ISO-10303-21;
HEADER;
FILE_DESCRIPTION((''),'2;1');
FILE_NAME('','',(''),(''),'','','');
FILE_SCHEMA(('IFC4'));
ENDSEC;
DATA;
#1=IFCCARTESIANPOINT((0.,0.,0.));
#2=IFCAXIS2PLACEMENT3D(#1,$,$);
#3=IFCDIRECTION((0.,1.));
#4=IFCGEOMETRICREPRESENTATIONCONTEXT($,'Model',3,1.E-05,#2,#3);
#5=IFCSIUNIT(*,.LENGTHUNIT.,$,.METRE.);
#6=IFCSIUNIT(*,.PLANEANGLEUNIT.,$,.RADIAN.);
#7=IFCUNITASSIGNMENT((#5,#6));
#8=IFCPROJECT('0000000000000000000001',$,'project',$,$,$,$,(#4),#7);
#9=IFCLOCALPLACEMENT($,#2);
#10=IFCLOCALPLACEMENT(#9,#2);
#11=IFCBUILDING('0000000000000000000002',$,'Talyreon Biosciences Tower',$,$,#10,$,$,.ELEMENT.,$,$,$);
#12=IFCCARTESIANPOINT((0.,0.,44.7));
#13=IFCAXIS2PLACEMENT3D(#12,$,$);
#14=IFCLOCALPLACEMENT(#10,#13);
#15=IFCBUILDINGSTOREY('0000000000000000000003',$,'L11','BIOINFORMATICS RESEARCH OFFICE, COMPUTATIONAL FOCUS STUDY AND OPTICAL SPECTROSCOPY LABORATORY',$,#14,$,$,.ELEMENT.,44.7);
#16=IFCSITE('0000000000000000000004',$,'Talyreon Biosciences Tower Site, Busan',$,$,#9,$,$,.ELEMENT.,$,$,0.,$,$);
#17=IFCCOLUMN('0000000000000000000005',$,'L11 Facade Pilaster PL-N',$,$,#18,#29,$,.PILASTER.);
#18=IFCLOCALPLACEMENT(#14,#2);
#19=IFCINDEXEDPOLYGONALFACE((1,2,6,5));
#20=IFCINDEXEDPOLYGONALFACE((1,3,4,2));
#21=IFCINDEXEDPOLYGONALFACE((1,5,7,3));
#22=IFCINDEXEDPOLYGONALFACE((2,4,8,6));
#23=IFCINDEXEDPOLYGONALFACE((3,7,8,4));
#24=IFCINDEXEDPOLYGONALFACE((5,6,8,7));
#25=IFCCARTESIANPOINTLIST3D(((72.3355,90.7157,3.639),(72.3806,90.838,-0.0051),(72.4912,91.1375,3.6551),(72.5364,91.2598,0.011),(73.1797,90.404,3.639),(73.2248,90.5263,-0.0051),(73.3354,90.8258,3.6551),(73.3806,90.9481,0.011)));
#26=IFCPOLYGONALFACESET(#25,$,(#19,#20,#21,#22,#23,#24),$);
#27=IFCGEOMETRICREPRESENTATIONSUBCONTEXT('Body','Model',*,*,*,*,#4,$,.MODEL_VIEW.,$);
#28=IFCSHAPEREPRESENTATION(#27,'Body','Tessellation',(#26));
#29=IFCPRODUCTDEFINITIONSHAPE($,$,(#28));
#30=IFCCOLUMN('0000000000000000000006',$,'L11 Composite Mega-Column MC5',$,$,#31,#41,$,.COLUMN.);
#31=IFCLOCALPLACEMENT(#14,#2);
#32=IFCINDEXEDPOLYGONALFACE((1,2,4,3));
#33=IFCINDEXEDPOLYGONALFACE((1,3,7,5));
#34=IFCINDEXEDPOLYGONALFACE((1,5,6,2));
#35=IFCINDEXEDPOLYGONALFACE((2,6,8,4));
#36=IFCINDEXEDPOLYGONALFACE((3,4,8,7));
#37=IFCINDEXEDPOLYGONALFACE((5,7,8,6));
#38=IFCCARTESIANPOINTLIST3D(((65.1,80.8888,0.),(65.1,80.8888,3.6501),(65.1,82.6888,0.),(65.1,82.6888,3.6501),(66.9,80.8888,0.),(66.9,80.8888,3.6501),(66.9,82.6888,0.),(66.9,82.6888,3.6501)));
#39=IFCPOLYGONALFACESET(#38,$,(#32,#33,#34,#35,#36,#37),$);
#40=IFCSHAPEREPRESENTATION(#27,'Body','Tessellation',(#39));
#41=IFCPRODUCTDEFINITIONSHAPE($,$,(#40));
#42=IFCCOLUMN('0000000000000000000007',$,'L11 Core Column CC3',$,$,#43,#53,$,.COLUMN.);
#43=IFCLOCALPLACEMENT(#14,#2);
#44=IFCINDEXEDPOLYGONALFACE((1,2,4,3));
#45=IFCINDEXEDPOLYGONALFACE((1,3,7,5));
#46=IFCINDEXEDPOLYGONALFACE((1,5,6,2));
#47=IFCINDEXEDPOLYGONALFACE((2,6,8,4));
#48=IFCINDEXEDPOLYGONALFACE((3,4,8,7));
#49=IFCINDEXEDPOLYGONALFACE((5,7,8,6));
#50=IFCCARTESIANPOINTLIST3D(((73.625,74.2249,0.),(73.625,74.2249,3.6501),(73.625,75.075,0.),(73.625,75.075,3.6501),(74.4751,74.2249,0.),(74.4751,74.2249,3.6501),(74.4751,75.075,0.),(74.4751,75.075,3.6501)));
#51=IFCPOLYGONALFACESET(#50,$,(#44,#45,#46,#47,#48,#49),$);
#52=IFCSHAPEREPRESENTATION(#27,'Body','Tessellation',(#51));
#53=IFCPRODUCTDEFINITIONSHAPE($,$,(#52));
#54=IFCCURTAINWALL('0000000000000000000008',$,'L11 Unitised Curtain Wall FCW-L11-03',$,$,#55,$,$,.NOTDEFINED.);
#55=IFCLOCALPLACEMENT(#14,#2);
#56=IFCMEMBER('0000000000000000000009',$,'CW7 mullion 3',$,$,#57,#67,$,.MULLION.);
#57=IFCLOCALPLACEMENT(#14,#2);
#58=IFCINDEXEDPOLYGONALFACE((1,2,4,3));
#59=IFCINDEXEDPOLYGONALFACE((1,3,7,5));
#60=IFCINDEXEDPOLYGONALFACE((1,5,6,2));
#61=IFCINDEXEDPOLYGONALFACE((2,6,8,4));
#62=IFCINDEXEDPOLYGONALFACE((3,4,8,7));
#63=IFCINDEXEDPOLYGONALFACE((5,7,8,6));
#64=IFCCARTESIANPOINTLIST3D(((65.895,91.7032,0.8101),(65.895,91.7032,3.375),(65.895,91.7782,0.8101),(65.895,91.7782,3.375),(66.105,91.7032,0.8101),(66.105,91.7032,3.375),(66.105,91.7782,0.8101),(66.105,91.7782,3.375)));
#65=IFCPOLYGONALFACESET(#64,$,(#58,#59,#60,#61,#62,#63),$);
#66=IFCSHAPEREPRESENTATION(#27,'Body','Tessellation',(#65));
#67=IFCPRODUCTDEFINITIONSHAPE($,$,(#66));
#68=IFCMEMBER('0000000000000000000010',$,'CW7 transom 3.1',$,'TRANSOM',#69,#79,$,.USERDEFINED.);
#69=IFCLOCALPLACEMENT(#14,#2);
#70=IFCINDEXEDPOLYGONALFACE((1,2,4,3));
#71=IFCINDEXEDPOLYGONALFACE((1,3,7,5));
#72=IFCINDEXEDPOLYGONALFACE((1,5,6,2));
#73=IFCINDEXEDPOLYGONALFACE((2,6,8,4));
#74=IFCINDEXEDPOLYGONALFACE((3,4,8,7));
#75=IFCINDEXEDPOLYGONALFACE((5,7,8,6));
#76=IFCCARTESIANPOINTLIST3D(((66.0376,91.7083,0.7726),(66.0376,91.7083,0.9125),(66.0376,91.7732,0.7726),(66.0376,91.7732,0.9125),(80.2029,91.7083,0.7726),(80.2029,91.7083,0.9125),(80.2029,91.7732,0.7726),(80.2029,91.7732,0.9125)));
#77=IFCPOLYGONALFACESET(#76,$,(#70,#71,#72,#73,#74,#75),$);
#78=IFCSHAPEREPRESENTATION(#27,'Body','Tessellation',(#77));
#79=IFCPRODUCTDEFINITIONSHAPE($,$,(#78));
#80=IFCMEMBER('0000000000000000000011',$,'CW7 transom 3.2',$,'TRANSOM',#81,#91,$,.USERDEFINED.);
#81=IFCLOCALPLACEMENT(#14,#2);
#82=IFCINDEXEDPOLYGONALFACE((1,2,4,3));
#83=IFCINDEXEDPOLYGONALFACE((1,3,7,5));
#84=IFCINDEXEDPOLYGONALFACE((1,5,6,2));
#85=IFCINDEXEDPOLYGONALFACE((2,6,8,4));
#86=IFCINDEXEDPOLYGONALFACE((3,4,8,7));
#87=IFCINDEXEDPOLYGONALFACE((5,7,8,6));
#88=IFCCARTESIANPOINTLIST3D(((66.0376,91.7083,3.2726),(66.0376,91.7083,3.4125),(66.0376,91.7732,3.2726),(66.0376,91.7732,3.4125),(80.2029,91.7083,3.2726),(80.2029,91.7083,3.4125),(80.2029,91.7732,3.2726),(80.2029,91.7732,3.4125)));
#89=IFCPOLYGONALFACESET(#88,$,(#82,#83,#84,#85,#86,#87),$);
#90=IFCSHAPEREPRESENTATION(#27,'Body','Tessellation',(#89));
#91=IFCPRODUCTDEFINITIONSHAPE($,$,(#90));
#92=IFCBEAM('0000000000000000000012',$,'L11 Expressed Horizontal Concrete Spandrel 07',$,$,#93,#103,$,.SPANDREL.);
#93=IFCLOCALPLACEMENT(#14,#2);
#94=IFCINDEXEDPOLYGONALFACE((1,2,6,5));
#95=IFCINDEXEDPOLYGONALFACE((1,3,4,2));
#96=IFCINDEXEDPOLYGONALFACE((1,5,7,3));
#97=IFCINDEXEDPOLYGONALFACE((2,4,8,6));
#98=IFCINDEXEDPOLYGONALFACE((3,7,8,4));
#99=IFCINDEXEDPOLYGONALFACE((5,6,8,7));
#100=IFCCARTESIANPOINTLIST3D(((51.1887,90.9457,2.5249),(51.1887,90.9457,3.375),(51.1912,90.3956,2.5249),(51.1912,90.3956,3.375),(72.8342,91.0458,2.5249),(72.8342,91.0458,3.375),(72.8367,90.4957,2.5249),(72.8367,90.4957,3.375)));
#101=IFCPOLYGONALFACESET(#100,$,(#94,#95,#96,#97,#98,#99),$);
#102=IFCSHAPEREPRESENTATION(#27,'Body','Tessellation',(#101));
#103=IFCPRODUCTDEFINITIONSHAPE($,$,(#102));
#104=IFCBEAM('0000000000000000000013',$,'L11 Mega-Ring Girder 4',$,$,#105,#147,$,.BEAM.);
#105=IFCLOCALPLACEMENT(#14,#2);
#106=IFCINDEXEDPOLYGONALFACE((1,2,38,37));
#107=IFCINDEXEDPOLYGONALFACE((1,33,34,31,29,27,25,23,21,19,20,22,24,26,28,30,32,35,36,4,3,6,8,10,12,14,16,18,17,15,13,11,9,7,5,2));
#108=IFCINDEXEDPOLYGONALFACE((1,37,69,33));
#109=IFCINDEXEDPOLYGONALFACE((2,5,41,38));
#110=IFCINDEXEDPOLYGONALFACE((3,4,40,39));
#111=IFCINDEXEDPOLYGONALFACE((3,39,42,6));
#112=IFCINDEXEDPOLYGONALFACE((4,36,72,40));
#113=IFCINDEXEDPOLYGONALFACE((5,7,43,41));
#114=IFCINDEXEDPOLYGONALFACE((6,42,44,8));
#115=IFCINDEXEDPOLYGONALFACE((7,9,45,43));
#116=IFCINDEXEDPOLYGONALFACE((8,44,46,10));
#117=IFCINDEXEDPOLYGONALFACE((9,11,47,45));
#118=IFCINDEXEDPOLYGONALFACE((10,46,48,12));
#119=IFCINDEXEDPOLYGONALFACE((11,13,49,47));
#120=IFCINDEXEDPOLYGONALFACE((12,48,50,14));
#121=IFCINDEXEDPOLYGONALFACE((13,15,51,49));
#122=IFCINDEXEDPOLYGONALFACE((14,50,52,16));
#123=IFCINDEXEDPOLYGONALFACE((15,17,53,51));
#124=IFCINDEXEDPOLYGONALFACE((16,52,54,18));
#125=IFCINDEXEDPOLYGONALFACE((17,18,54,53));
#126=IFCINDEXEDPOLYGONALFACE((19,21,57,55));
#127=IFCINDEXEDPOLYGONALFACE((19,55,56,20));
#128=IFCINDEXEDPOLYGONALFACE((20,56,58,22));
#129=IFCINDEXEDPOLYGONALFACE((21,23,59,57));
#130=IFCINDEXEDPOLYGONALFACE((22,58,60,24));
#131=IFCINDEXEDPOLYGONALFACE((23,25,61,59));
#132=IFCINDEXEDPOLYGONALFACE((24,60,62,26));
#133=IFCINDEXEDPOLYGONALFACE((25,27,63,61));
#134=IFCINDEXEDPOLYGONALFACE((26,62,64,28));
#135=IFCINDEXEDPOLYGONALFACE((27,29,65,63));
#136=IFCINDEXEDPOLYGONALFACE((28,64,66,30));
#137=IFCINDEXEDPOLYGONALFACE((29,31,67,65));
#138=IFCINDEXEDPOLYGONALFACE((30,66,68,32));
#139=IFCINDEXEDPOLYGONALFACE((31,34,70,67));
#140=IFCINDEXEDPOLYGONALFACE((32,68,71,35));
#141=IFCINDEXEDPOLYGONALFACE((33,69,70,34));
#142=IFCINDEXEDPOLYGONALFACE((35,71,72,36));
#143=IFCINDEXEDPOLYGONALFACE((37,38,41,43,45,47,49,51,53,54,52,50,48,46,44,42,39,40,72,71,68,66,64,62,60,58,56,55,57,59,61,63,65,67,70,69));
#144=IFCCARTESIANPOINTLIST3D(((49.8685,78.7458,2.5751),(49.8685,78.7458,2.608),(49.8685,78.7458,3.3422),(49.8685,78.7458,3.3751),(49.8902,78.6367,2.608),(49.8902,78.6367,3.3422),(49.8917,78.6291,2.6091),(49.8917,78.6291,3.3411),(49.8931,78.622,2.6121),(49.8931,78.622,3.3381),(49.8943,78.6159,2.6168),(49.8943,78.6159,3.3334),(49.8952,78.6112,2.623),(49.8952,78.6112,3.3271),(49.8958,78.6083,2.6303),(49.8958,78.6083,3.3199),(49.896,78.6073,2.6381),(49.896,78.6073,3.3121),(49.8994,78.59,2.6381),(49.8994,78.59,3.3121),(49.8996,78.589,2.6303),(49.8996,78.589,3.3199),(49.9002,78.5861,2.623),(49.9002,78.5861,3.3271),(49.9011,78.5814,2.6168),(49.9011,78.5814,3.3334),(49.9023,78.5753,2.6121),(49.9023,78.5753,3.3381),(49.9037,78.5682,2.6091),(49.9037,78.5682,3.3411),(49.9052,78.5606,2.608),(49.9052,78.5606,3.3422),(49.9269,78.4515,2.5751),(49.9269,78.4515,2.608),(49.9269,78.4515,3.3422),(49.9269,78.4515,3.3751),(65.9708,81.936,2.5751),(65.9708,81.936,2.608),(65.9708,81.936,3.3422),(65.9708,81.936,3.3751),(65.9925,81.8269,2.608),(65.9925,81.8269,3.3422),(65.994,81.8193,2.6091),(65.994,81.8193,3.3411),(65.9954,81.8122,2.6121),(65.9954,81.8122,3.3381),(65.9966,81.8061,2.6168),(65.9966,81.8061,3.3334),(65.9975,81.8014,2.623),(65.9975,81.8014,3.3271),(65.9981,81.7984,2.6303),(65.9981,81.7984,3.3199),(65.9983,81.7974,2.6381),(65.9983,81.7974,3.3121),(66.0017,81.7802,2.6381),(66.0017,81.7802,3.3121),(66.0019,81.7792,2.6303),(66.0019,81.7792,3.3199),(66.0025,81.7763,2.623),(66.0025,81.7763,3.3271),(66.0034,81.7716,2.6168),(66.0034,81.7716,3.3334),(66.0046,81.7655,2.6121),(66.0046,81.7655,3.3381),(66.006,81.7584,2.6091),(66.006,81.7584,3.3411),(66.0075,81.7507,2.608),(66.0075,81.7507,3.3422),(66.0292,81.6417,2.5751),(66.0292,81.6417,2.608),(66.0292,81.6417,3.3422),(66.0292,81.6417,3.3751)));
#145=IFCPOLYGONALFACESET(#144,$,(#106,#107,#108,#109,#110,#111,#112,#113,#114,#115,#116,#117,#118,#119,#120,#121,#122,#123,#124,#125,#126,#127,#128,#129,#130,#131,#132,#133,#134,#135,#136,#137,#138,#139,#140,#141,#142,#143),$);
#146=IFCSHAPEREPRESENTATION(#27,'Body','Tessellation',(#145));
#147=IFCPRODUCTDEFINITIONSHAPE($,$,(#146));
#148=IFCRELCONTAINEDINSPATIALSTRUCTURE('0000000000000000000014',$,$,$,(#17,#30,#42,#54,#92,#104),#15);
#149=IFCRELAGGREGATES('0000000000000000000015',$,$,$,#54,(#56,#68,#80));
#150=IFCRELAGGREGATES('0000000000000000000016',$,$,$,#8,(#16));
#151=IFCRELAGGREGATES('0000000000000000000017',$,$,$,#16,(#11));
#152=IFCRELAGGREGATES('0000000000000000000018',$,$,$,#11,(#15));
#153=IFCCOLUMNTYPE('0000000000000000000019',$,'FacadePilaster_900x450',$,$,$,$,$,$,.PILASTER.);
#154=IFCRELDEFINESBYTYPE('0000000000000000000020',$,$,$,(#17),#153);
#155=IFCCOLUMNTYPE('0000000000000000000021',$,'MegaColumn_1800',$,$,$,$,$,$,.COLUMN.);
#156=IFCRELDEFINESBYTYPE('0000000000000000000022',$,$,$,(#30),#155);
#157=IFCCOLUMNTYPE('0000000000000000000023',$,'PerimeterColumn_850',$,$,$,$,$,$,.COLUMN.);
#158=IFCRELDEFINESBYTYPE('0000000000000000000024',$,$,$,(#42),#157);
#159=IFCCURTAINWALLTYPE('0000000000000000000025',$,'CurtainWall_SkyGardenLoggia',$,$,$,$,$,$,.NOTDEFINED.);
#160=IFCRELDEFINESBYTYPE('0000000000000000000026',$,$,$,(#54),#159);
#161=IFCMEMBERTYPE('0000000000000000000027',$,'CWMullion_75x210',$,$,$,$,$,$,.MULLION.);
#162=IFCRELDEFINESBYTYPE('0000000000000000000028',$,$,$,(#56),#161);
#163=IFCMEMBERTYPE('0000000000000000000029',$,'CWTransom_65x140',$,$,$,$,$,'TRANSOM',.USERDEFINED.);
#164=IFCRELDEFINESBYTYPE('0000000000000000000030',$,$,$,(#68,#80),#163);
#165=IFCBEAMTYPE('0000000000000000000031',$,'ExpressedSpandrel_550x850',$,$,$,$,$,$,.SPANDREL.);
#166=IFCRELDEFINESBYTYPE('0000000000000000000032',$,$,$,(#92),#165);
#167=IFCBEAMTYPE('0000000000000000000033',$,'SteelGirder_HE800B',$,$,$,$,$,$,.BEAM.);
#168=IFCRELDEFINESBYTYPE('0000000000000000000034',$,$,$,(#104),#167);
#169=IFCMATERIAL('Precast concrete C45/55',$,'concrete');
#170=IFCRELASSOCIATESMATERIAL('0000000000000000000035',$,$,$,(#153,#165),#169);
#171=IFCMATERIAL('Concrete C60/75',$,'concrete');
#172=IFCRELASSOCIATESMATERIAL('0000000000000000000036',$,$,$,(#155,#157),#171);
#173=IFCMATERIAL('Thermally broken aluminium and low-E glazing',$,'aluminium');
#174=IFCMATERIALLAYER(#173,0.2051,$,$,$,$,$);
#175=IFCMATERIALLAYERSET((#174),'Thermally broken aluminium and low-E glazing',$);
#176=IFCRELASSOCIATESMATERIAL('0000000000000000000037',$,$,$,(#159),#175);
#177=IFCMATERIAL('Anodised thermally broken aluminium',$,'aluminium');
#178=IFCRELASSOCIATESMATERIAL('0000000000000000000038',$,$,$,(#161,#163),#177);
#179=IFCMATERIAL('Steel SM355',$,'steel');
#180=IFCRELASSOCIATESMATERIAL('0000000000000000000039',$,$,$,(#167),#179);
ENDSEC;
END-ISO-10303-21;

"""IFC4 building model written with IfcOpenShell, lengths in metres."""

from ifc_helpers import new_model, si_unit, direction, frame, origin, origin_2d, place, context, subcontext, project, spatial, rectangle, i_section, extrude, material, layer, layer_set, material_profile, profile_set, type_object, element, aggregate, save


model = new_model("IFC4")

# Units and contexts
model_context = context("Model", 3, precision=1e-05, world=origin(), true_north=direction((0.0, 1.0)))
body_context = subcontext(model_context, "Body", "Model", "MODEL_VIEW")
ifc_project = project(units=[si_unit("LENGTHUNIT", "METRE"), si_unit("PLANEANGLEUNIT", "RADIAN")], contexts=[model_context])

# Site, building, storey
site_placement = place(None, origin())
site = spatial("IfcSite", under=ifc_project, at=site_placement, Name="Talyreon Biosciences Tower Site, Busan", CompositionType="ELEMENT", RefElevation=0.0)
building_placement = place(site_placement, origin())
building = spatial("IfcBuilding", under=site, at=building_placement, Name="Talyreon Biosciences Tower", CompositionType="ELEMENT")
storey_placement = place(building_placement, frame((0.0, 0.0, 44.7)))
storey = spatial("IfcBuildingStorey", under=building, at=storey_placement, Name="L11", Description="BIOINFORMATICS RESEARCH OFFICE, COMPUTATIONAL FOCUS STUDY AND OPTICAL SPECTROSCOPY LABORATORY", CompositionType="ELEMENT", Elevation=44.7)

# Columns
ifc_material_1 = material(Name="Precast concrete C45/55", Category="concrete")
ifc_material_profile_1 = material_profile(ifc_material_1, rectangle(XDim=0.8999, YDim=0.45, at=origin_2d()), Name="RC 900x450")
ifc_profile_set_1 = profile_set([ifc_material_profile_1], Name="Precast concrete C45/55")
column_type_1 = type_object("IfcColumnType", Name="FacadePilaster_900x450", PredefinedType="PILASTER", material=ifc_profile_set_1)
column_1_placement = place(storey_placement, frame((72.8806, 90.8931, 0.0029), z_axis=(-0.012387, -0.033544, 0.99936), x_axis=(-0.938087, 0.346399, 0.0)))
element("IfcColumn", 1, at=column_1_placement, inside=storey, type_object=column_type_1, Name="L11 Facade Pilaster PL-N", PredefinedType="PILASTER", context=body_context, shape_type="SweptSolid", body=[
    extrude(rectangle(XDim=0.8999, YDim=0.45, at=origin_2d()), origin(), (0.0, 0.0, 1.0), 3.6465),
])
ifc_material_2 = material(Name="Concrete C60/75", Category="concrete")
ifc_material_profile_2 = material_profile(ifc_material_2, rectangle(XDim=1.8, YDim=1.8, at=origin_2d()), Name="RC 1800x1800")
ifc_profile_set_2 = profile_set([ifc_material_profile_2], Name="Concrete C60/75")
column_type_2 = type_object("IfcColumnType", Name="MegaColumn_1800", PredefinedType="COLUMN", material=ifc_profile_set_2)
column_2_placement = place(storey_placement, frame((66.0, 81.7888, 0.0), z_axis=(0.0, 0.0, 1.0), x_axis=(1.0, 0.0, 0.0)))
element("IfcColumn", 2, at=column_2_placement, inside=storey, type_object=column_type_2, Name="L11 Composite Mega-Column MC5", PredefinedType="COLUMN", context=body_context, shape_type="SweptSolid", body=[
    extrude(rectangle(XDim=1.8, YDim=1.8, at=origin_2d()), origin(), (0.0, 0.0, 1.0), 3.6501),
])
ifc_material_profile_3 = material_profile(ifc_material_2, rectangle(XDim=0.8501, YDim=0.8501, at=origin_2d()), Name="RC 850x850")
ifc_profile_set_3 = profile_set([ifc_material_profile_3], Name="Concrete C60/75")
column_type_3 = type_object("IfcColumnType", Name="PerimeterColumn_850", PredefinedType="COLUMN", material=ifc_profile_set_3)
column_3_placement = place(storey_placement, frame((74.05, 74.6499, 0.0), z_axis=(0.0, 0.0, 1.0), x_axis=(1.0, 0.0, 0.0)))
element("IfcColumn", 3, at=column_3_placement, inside=storey, type_object=column_type_3, Name="L11 Core Column CC3", PredefinedType="COLUMN", context=body_context, shape_type="SweptSolid", body=[
    extrude(rectangle(XDim=0.8501, YDim=0.8501, at=origin_2d()), origin(), (0.0, 0.0, 1.0), 3.6501),
])

# Curtain wall, members
ifc_material_3 = material(Name="Thermally broken aluminium and low-E glazing", Category="aluminium")
ifc_layer_1 = layer(ifc_material_3, 0.2051)
ifc_layer_set_1 = layer_set([ifc_layer_1], Name="Thermally broken aluminium and low-E glazing")
curtain_wall_type = type_object("IfcCurtainWallType", Name="CurtainWall_SkyGardenLoggia", PredefinedType="NOTDEFINED", material=ifc_layer_set_1)
curtain_wall_placement = place(storey_placement, origin())
curtain_wall = element("IfcCurtainWall", 4, at=curtain_wall_placement, inside=storey, type_object=curtain_wall_type, Name="L11 Unitised Curtain Wall FCW-L11-03", PredefinedType="NOTDEFINED")
ifc_material_4 = material(Name="Anodised thermally broken aluminium", Category="aluminium")
ifc_material_profile_4 = material_profile(ifc_material_4, rectangle(XDim=0.075, YDim=0.21, at=origin_2d()), Name="ALUM MULLION 75x210")
ifc_profile_set_4 = profile_set([ifc_material_profile_4], Name="Anodised thermally broken aluminium")
member_type_1 = type_object("IfcMemberType", Name="CWMullion_75x210", PredefinedType="MULLION", material=ifc_profile_set_4)
member_1_placement = place(storey_placement, frame((66.0, 91.7407, 0.8101), z_axis=(0.0, 0.0, 1.0), x_axis=(0.0, 1.0, 0.0)))
member_1 = element("IfcMember", 5, at=member_1_placement, type_object=member_type_1, Name="CW7 mullion 3", PredefinedType="MULLION", context=body_context, shape_type="SweptSolid", body=[
    extrude(rectangle(XDim=0.075, YDim=0.21, at=origin_2d()), origin(), (0.0, 0.0, 1.0), 2.5649),
])
ifc_material_profile_5 = material_profile(ifc_material_4, rectangle(XDim=0.0649, YDim=0.1399, at=origin_2d()), Name="ALUM TRANSOM 65x140")
ifc_profile_set_5 = profile_set([ifc_material_profile_5], Name="Anodised thermally broken aluminium")
member_type_2 = type_object("IfcMemberType", Name="CWTransom_65x140", ElementType="TRANSOM", PredefinedType="USERDEFINED", material=ifc_profile_set_5)
member_2_placement = place(storey_placement, frame((66.0376, 91.7407, 0.8425), z_axis=(1.0, 0.0, 0.0), x_axis=(0.0, 1.0, 0.0)))
member_2 = element("IfcMember", 6, at=member_2_placement, type_object=member_type_2, Name="CW7 transom 3.1", ObjectType="TRANSOM", PredefinedType="USERDEFINED", context=body_context, shape_type="SweptSolid", body=[
    extrude(rectangle(XDim=0.0649, YDim=0.1399, at=origin_2d()), origin(), (0.0, 0.0, 1.0), 14.1653),
])
member_3_placement = place(storey_placement, frame((66.0376, 91.7407, 3.3425), z_axis=(1.0, 0.0, 0.0), x_axis=(0.0, 1.0, 0.0)))
member_3 = element("IfcMember", 7, at=member_3_placement, type_object=member_type_2, Name="CW7 transom 3.2", ObjectType="TRANSOM", PredefinedType="USERDEFINED", context=body_context, shape_type="SweptSolid", body=[
    extrude(rectangle(XDim=0.0649, YDim=0.1399, at=origin_2d()), origin(), (0.0, 0.0, 1.0), 14.1653),
])

# Beams
ifc_material_profile_6 = material_profile(ifc_material_1, rectangle(XDim=0.55, YDim=0.8501, at=origin_2d()), Name="RCB 550x850")
ifc_profile_set_6 = profile_set([ifc_material_profile_6], Name="Precast concrete C45/55")
beam_type_1 = type_object("IfcBeamType", Name="ExpressedSpandrel_550x850", PredefinedType="SPANDREL", material=ifc_profile_set_6)
beam_1_placement = place(storey_placement, frame((72.8354, 90.7708, 2.95), z_axis=(-0.999989, -0.004624, 0.0), x_axis=(0.004624, -0.999989, 0.0)))
element("IfcBeam", 8, at=beam_1_placement, inside=storey, type_object=beam_type_1, Name="L11 Expressed Horizontal Concrete Spandrel 07", PredefinedType="SPANDREL", context=body_context, shape_type="SweptSolid", body=[
    extrude(rectangle(XDim=0.55, YDim=0.8501, at=origin_2d()), origin(), (0.0, 0.0, 1.0), 21.6458),
])
ifc_material_5 = material(Name="Steel SM355", Category="steel")
ifc_material_profile_7 = material_profile(ifc_material_5, i_section(OverallWidth=0.3, OverallDepth=0.8, WebThickness=0.0176, FlangeThickness=0.033, FilletRadius=0.03, at=origin_2d()), Name="HE800B")
ifc_profile_set_7 = profile_set([ifc_material_profile_7], Name="Steel SM355")
beam_type_2 = type_object("IfcBeamType", Name="SteelGirder_HE800B", PredefinedType="BEAM", material=ifc_profile_set_7)
beam_2_placement = place(storey_placement, frame((66.0, 81.7888, 2.9751), z_axis=(-0.980934, -0.194343, 0.0), x_axis=(0.194343, -0.980934, 0.0)))
element("IfcBeam", 9, at=beam_2_placement, inside=storey, type_object=beam_type_2, Name="L11 Mega-Ring Girder 4", PredefinedType="BEAM", context=body_context, shape_type="SweptSolid", body=[
    extrude(i_section(OverallWidth=0.3, OverallDepth=0.8, WebThickness=0.0176, FlangeThickness=0.033, FilletRadius=0.03, at=origin_2d()), origin(), (0.0, 0.0, 1.0), 16.4153),
])

aggregate(curtain_wall, [member_1, member_2, member_3])

save(model, "model.ifc")
